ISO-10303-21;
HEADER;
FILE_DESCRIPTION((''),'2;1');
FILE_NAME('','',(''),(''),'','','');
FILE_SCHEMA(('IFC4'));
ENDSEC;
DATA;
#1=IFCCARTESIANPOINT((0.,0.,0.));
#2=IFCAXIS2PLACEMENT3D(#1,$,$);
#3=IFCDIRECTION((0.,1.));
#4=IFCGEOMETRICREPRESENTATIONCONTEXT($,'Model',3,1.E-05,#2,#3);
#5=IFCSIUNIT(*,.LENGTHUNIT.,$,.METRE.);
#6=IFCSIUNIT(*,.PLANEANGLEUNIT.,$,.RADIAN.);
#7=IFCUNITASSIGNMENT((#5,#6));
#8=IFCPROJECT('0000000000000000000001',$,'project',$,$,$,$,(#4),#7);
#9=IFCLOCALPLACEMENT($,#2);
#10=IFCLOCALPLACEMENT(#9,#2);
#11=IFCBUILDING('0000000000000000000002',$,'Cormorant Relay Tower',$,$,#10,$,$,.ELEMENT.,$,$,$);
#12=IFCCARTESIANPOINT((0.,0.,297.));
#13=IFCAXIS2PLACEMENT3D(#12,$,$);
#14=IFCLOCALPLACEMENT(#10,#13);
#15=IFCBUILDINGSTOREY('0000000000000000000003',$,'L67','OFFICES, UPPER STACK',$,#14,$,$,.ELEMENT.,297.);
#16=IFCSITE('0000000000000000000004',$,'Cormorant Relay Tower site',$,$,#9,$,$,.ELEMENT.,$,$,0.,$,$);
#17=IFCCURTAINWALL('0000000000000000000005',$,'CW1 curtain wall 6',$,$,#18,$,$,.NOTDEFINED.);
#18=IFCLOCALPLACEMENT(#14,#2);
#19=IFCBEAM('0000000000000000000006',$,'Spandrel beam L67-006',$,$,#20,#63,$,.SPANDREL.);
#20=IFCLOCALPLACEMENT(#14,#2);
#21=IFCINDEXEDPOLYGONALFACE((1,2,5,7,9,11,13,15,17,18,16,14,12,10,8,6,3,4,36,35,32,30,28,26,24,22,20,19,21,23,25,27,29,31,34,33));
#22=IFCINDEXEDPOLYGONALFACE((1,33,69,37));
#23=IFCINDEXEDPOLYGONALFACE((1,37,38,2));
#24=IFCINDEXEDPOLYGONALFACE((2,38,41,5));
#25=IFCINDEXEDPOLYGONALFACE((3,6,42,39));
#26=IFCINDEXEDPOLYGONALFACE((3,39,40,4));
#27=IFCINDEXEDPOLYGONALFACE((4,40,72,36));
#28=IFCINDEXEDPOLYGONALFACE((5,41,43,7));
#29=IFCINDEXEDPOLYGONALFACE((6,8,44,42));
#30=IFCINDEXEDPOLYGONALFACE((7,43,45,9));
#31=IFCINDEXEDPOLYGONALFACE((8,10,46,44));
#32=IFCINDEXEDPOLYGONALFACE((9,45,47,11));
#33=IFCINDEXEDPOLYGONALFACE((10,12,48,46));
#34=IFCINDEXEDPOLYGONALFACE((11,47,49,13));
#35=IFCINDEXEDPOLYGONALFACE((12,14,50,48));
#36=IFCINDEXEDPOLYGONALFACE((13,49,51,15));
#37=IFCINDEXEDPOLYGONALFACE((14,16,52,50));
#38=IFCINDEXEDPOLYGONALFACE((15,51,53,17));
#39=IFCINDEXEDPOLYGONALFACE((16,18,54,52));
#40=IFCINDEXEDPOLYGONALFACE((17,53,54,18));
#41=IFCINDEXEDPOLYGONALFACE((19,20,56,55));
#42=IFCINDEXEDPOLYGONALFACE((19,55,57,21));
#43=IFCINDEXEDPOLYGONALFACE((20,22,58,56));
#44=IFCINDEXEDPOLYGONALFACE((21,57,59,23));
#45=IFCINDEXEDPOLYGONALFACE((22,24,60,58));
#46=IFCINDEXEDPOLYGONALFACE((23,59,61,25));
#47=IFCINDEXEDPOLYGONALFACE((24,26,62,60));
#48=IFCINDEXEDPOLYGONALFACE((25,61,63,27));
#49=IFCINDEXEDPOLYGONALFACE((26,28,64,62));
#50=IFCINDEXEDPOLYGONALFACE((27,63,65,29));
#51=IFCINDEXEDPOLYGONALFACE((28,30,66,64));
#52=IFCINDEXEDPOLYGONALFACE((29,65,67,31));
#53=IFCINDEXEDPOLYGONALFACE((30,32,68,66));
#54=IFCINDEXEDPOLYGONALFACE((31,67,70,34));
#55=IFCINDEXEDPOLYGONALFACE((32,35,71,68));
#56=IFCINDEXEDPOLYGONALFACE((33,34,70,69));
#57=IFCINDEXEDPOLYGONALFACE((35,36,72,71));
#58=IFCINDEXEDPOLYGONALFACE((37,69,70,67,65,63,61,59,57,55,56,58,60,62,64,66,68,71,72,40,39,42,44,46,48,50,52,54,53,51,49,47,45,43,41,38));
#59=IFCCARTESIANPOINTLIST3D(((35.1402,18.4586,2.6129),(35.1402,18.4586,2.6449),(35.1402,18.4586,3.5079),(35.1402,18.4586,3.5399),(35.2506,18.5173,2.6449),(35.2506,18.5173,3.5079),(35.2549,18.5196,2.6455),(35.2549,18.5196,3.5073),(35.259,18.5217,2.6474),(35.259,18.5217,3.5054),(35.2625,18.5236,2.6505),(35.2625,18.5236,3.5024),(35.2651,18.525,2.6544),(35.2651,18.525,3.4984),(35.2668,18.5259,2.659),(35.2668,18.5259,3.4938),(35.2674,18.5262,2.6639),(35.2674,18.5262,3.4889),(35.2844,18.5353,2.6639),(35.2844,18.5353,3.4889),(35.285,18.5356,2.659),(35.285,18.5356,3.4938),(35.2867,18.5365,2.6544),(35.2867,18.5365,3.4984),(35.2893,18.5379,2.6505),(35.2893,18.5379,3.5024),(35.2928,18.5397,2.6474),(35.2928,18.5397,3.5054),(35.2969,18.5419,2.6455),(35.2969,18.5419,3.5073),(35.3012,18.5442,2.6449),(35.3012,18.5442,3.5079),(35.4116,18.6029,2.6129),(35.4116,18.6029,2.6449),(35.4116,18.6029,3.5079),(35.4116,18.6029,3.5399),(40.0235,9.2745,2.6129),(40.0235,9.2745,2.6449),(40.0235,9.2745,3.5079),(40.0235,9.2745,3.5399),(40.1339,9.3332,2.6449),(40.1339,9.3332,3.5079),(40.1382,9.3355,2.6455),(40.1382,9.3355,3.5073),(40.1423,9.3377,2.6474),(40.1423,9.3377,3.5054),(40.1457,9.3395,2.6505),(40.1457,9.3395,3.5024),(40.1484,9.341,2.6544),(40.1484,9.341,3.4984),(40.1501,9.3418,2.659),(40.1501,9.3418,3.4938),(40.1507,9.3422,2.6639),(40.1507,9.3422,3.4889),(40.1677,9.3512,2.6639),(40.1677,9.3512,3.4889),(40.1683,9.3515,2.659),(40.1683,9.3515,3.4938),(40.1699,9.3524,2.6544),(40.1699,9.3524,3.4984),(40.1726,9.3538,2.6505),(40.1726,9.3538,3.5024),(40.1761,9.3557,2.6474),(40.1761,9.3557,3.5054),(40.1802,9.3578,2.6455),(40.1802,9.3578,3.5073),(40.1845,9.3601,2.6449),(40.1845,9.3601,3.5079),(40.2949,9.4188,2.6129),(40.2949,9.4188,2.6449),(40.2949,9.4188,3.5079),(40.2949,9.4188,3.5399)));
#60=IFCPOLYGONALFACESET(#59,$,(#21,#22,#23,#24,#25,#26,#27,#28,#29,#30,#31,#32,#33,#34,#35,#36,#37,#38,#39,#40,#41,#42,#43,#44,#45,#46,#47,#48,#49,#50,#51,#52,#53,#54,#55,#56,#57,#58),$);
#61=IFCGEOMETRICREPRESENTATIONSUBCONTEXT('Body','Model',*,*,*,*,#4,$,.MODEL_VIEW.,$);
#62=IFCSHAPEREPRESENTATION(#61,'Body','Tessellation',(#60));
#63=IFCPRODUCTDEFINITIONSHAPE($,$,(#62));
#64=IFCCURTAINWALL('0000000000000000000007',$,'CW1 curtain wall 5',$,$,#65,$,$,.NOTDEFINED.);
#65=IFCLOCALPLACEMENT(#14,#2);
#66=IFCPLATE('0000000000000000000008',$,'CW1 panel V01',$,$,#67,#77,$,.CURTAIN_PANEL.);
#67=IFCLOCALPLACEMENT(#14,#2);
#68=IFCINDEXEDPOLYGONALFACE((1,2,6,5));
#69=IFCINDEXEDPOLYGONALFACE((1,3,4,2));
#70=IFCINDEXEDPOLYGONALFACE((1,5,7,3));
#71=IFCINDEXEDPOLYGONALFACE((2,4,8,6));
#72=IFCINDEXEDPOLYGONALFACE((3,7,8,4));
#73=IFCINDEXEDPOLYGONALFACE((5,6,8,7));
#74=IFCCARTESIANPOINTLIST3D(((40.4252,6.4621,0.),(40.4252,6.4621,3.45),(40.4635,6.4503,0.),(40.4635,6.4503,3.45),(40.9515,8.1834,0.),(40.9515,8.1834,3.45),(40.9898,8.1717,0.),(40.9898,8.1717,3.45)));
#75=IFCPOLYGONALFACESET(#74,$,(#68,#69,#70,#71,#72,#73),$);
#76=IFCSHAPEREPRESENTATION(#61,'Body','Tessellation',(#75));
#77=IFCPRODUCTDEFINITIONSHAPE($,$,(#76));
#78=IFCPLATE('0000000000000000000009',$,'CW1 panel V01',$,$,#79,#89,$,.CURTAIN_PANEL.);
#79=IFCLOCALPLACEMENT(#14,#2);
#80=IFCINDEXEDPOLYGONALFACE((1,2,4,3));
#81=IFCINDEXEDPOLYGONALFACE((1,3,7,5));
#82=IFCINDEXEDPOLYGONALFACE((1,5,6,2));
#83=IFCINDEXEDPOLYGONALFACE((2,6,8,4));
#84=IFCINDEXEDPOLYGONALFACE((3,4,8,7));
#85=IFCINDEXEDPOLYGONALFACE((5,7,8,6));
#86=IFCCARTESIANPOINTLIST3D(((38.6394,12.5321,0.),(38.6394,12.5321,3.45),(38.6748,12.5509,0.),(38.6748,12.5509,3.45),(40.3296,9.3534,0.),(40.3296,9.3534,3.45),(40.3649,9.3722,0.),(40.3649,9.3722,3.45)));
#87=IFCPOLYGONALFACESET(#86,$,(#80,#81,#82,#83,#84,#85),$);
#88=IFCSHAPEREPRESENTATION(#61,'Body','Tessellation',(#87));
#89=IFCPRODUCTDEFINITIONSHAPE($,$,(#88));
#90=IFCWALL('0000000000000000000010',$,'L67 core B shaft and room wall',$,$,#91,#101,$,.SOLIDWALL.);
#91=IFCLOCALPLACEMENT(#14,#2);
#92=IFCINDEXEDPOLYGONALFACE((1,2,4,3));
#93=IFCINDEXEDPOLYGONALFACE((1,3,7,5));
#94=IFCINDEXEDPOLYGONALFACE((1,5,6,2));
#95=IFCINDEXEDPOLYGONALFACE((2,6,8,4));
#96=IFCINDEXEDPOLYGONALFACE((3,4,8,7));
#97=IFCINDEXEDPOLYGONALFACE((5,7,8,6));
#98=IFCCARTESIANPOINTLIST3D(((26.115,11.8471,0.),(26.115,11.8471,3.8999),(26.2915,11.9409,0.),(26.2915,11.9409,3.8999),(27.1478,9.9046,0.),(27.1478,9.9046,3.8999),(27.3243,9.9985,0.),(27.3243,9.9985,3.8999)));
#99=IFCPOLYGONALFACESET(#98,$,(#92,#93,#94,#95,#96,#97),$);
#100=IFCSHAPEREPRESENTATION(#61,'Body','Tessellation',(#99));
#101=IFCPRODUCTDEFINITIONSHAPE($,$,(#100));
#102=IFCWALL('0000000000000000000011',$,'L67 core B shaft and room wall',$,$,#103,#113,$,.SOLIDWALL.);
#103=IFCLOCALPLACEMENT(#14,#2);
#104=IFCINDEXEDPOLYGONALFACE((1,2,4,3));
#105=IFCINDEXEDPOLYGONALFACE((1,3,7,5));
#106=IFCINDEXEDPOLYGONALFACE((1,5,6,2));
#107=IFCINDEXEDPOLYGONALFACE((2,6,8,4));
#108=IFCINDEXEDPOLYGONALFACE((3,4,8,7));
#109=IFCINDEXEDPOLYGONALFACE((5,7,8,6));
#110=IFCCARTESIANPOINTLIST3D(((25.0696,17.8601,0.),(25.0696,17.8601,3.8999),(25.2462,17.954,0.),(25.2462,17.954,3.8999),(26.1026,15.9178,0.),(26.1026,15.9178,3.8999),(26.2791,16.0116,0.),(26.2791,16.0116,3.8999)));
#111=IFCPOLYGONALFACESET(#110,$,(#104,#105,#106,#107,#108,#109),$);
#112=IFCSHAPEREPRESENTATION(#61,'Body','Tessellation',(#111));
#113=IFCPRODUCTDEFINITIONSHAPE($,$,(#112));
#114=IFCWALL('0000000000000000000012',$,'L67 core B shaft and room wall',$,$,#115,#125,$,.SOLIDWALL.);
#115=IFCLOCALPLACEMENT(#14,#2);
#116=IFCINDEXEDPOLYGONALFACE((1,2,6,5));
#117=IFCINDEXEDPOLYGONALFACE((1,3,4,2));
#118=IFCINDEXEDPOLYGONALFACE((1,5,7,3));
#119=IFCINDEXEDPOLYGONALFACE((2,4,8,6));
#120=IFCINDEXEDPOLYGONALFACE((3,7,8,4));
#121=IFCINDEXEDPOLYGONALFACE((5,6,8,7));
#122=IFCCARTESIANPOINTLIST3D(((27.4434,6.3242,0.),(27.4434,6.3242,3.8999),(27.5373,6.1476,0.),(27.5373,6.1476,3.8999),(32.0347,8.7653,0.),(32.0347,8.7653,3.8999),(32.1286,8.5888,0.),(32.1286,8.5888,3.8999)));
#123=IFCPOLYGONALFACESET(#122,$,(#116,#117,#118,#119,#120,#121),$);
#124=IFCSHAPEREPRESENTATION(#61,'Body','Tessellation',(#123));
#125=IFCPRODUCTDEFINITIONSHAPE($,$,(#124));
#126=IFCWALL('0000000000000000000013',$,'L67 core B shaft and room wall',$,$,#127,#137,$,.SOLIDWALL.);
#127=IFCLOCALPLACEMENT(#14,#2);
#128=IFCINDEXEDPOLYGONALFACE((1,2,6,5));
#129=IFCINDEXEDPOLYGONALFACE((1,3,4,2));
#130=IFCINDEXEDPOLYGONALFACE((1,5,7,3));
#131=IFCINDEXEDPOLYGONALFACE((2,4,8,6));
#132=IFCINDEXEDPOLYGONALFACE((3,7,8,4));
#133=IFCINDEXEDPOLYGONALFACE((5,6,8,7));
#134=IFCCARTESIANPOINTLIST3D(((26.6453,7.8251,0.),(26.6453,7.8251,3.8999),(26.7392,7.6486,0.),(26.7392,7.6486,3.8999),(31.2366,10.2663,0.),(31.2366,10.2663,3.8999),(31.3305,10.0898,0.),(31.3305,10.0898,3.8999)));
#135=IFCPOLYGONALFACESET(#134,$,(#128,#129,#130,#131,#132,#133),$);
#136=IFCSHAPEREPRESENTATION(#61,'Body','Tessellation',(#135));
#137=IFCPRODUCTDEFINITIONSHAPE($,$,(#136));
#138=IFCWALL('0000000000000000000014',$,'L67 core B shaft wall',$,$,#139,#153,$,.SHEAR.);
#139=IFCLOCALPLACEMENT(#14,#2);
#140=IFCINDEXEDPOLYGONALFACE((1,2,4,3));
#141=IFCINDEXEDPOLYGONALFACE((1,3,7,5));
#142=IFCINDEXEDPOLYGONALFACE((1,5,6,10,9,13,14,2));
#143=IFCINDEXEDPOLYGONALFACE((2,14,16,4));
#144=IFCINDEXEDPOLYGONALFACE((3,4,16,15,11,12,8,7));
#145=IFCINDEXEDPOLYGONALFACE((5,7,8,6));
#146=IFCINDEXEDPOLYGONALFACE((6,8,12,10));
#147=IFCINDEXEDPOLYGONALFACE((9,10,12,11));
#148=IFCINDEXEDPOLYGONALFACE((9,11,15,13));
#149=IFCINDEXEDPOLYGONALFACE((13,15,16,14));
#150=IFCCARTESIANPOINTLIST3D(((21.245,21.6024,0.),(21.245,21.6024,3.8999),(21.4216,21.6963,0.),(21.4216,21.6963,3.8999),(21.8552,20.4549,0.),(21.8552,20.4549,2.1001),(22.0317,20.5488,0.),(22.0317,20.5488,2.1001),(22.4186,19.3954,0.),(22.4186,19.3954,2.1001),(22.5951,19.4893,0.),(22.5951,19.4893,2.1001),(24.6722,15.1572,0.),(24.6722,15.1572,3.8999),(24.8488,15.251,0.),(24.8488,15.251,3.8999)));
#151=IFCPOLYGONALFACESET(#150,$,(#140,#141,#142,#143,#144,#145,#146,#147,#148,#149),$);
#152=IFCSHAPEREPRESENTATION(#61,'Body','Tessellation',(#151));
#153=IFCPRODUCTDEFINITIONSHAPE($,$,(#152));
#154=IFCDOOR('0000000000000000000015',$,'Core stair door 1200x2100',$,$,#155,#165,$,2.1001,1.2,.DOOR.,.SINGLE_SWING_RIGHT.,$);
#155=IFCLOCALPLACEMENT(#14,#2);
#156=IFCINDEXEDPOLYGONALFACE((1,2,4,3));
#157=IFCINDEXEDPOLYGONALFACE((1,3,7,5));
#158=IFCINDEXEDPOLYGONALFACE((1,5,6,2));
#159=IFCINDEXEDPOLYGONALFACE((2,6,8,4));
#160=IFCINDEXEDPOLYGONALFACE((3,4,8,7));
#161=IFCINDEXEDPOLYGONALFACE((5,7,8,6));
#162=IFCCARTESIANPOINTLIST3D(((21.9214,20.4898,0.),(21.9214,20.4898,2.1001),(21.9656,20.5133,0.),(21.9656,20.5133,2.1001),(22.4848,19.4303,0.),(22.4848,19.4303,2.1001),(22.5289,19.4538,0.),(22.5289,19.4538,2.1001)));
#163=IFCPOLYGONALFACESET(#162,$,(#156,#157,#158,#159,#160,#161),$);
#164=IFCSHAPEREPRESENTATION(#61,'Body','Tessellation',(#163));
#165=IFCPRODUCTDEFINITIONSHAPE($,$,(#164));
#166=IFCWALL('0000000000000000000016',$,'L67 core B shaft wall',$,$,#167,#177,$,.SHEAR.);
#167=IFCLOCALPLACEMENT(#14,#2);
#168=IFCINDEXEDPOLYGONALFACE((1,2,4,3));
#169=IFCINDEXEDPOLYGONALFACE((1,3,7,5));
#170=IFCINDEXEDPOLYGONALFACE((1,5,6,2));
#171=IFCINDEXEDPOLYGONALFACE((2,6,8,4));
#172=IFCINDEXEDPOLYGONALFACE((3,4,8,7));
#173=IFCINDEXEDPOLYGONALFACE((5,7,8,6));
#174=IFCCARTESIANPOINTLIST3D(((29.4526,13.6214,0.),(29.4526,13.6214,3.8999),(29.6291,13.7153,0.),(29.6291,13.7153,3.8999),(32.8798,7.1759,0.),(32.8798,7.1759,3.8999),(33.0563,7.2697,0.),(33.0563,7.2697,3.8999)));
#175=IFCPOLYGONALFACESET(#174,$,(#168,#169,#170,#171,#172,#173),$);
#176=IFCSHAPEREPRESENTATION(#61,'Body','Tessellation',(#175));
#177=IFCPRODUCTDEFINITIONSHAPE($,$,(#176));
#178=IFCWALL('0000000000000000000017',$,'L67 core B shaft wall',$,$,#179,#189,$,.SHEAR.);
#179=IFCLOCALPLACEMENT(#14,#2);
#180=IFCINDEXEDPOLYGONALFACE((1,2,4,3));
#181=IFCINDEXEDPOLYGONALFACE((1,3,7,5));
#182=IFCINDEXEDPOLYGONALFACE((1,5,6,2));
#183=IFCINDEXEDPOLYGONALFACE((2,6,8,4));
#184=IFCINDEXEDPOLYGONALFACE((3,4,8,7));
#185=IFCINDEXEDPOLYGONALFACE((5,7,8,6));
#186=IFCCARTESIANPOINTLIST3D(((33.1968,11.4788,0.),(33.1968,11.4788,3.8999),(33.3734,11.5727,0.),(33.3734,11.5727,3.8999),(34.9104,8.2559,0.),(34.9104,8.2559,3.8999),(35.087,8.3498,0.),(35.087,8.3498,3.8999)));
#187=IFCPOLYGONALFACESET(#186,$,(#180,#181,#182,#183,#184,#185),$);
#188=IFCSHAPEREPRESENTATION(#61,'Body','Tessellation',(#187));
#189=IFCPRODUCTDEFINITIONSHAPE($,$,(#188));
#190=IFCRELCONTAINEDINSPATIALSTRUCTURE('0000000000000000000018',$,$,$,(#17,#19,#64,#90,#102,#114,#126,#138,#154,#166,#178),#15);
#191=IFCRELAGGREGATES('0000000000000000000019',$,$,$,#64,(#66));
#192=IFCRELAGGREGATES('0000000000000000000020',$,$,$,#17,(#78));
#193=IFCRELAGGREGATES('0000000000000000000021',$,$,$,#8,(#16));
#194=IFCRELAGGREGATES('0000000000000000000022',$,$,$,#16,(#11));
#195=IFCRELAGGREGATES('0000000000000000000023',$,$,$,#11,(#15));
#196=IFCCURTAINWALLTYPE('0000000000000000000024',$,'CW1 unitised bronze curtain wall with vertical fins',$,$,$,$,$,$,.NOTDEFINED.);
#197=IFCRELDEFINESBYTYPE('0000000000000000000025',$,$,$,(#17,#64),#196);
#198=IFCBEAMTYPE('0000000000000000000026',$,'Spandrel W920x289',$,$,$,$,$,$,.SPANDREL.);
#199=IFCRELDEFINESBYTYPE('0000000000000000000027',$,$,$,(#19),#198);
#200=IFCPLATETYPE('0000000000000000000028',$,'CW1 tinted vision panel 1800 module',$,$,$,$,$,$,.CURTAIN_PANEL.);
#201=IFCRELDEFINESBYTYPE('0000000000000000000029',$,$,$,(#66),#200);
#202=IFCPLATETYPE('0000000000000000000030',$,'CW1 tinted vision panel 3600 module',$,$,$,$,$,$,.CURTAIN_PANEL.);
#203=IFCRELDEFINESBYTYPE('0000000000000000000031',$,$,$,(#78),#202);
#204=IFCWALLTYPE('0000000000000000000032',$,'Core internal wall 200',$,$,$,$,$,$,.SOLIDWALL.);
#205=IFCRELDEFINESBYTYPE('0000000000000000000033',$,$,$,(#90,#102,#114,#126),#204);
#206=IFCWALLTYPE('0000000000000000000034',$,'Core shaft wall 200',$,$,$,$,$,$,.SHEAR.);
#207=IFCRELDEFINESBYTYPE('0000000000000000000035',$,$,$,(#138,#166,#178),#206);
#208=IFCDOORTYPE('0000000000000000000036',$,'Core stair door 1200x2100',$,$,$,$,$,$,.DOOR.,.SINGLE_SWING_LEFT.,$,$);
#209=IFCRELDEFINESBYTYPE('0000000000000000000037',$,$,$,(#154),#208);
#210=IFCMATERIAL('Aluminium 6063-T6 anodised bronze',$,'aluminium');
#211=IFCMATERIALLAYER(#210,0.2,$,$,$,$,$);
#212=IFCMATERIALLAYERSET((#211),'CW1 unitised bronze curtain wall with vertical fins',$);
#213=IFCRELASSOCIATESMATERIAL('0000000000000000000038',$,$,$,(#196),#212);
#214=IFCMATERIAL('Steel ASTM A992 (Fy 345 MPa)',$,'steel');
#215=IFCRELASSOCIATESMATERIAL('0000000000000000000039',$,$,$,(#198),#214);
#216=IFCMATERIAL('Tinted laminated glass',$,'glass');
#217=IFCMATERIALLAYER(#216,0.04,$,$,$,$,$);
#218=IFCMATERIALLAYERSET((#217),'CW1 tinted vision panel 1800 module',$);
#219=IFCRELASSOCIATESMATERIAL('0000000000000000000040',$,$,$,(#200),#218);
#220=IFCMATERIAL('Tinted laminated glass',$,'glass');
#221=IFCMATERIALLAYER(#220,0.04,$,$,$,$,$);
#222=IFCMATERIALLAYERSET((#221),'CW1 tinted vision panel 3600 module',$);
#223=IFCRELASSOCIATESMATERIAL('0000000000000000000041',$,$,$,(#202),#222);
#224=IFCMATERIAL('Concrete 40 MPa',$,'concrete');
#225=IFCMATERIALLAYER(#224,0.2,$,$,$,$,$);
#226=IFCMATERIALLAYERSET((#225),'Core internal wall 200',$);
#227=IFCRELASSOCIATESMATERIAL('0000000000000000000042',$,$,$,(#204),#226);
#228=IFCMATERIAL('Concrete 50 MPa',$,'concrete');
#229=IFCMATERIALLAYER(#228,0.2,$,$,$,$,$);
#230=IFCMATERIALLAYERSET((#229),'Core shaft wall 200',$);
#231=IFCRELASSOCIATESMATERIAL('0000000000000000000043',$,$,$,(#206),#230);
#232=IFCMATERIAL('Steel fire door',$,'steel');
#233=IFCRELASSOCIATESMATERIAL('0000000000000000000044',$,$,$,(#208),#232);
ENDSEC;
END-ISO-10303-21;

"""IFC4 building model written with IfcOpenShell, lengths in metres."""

from ifc_helpers import new_model, si_unit, direction, frame, frame_2d, origin, origin_2d, place, context, subcontext, project, spatial, rectangle, i_section, extrude, material, layer, layer_set, material_profile, profile_set, type_object, element, fill, aggregate, save


model = new_model("IFC4")

# Units and contexts
model_context = context("Model", 3, precision=1e-05, world=origin(), true_north=direction((0.0, 1.0)))
body_context = subcontext(model_context, "Body", "Model", "MODEL_VIEW")
ifc_project = project(units=[si_unit("LENGTHUNIT", "METRE"), si_unit("PLANEANGLEUNIT", "RADIAN")], contexts=[model_context])

# Site, building, storey
site_placement = place(None, origin())
site = spatial("IfcSite", under=ifc_project, at=site_placement, Name="Cormorant Relay Tower site", CompositionType="ELEMENT", RefElevation=0.0)
building_placement = place(site_placement, origin())
building = spatial("IfcBuilding", under=site, at=building_placement, Name="Cormorant Relay Tower", CompositionType="ELEMENT")
storey_placement = place(building_placement, frame((0.0, 0.0, 297.0)))
storey = spatial("IfcBuildingStorey", under=building, at=storey_placement, Name="L67", Description="OFFICES, UPPER STACK", CompositionType="ELEMENT", Elevation=297.0)

# Curtain wall
ifc_material_1 = material(Name="Aluminium 6063-T6 anodised bronze", Category="aluminium")
ifc_layer_1 = layer(ifc_material_1, 0.2)
ifc_layer_set_1 = layer_set([ifc_layer_1], Name="CW1 unitised bronze curtain wall with vertical fins")
curtain_wall_type = type_object("IfcCurtainWallType", Name="CW1 unitised bronze curtain wall with vertical fins", PredefinedType="NOTDEFINED", material=ifc_layer_set_1)
curtain_wall_1_placement = place(storey_placement, origin())
curtain_wall_1 = element("IfcCurtainWall", 1, at=curtain_wall_1_placement, inside=storey, type_object=curtain_wall_type, Name="CW1 curtain wall 6", PredefinedType="NOTDEFINED")

# Beam
ifc_material_2 = material(Name="Steel ASTM A992 (Fy 345 MPa)", Category="steel")
ifc_material_profile_1 = material_profile(ifc_material_2, i_section(OverallWidth=0.3074, OverallDepth=0.927, WebThickness=0.0193, FlangeThickness=0.032, FilletRadius=0.019, at=origin_2d()), Name="W920x289")
ifc_profile_set_1 = profile_set([ifc_material_profile_1], Name="Steel ASTM A992 (Fy 345 MPa)")
beam_type = type_object("IfcBeamType", Name="Spandrel W920x289", PredefinedType="SPANDREL", material=ifc_profile_set_1)
beam_placement = place(storey_placement, frame((40.1592, 9.3467, 3.0764), z_axis=(-0.469474, 0.882946, 0.0), x_axis=(-0.882946, -0.469474, 0.0)))
element("IfcBeam", 2, at=beam_placement, inside=storey, type_object=beam_type, Name="Spandrel beam L67-006", PredefinedType="SPANDREL", context=body_context, shape_type="SweptSolid", body=[
    extrude(i_section(OverallWidth=0.3074, OverallDepth=0.927, WebThickness=0.0193, FlangeThickness=0.032, FilletRadius=0.019, at=origin_2d()), origin(), (0.0, 0.0, 1.0), 10.4016),
])

# Curtain wall, plate
curtain_wall_2_placement = place(storey_placement, origin())
curtain_wall_2 = element("IfcCurtainWall", 3, at=curtain_wall_2_placement, inside=storey, type_object=curtain_wall_type, Name="CW1 curtain wall 5", PredefinedType="NOTDEFINED")
ifc_material_3 = material(Name="Tinted laminated glass", Category="glass")
ifc_layer_2 = layer(ifc_material_3, 0.04)
ifc_layer_set_2 = layer_set([ifc_layer_2], Name="CW1 tinted vision panel 1800 module")
plate_type_1 = type_object("IfcPlateType", Name="CW1 tinted vision panel 1800 module", PredefinedType="CURTAIN_PANEL", material=ifc_layer_set_2)
plate_1_placement = place(storey_placement, frame((40.7075, 7.3169, 0.0), z_axis=(0.0, 0.0, 1.0), x_axis=(0.292372, 0.956305, 0.0)))
plate_1 = element("IfcPlate", 4, at=plate_1_placement, type_object=plate_type_1, Name="CW1 panel V01", PredefinedType="CURTAIN_PANEL", context=body_context, shape_type="SweptSolid", body=[
    extrude(rectangle(XDim=1.8, YDim=0.04, at=origin_2d()), origin(), (0.0, 0.0, 1.0), 3.45),
])
aggregate(curtain_wall_2, [plate_1])

# Plate
ifc_material_4 = material(Name="Tinted laminated glass", Category="glass")
ifc_layer_3 = layer(ifc_material_4, 0.04)
ifc_layer_set_3 = layer_set([ifc_layer_3], Name="CW1 tinted vision panel 3600 module")
plate_type_2 = type_object("IfcPlateType", Name="CW1 tinted vision panel 3600 module", PredefinedType="CURTAIN_PANEL", material=ifc_layer_set_3)
plate_2_placement = place(storey_placement, frame((39.5022, 10.9521, 0.0), z_axis=(0.0, 0.0, 1.0), x_axis=(-0.469472, 0.882948, 0.0)))
plate_2 = element("IfcPlate", 5, at=plate_2_placement, type_object=plate_type_2, Name="CW1 panel V01", PredefinedType="CURTAIN_PANEL", context=body_context, shape_type="SweptSolid", body=[
    extrude(rectangle(XDim=3.6001, YDim=0.04, at=origin_2d()), origin(), (0.0, 0.0, 1.0), 3.45),
])

# Walls
ifc_material_5 = material(Name="Concrete 40 MPa", Category="concrete")
ifc_layer_4 = layer(ifc_material_5, 0.2)
ifc_layer_set_4 = layer_set([ifc_layer_4], Name="Core internal wall 200")
wall_type_1 = type_object("IfcWallType", Name="Core internal wall 200", PredefinedType="SOLIDWALL", material=ifc_layer_set_4)
for number, where, z_axis, x_axis, name in (
    (6, (27.2361, 9.9514, 0.0), (0.0, 0.0, 1.0), (-0.469447, 0.88296, 0.0), "L67 core B shaft and room wall"),
    (7, (26.1909, 15.9646, 0.0), (0.0, 0.0, 1.0), (-0.469534, 0.882914, 0.0), "L67 core B shaft and room wall"),
):
    element("IfcWall", number, at=place(storey_placement, frame(where, z_axis=z_axis, x_axis=x_axis)), inside=storey, type_object=wall_type_1, Name=name, PredefinedType="SOLIDWALL", context=body_context, shape_type="SweptSolid", body=[
        extrude(rectangle(XDim=2.2, YDim=0.2, at=frame_2d((1.1001, 0.0))), origin(), (0.0, 0.0, 1.0), 3.8999),
    ])
for number, where, z_axis, x_axis, name in (
    (8, (27.4902, 6.2358, 0.0), (0.0, 0.0, 1.0), (0.882954, 0.46946, 0.0), "L67 core B shaft and room wall"),
    (9, (26.6921, 7.7368, 0.0), (0.0, 0.0, 1.0), (0.882954, 0.46946, 0.0), "L67 core B shaft and room wall"),
):
    element("IfcWall", number, at=place(storey_placement, frame(where, z_axis=z_axis, x_axis=x_axis)), inside=storey, type_object=wall_type_1, Name=name, PredefinedType="SOLIDWALL", context=body_context, shape_type="SweptSolid", body=[
        extrude(rectangle(XDim=5.2, YDim=0.2, at=frame_2d((2.6001, 0.0))), origin(), (0.0, 0.0, 1.0), 3.8999),
    ])

# Wall, opening, door
ifc_material_6 = material(Name="Concrete 50 MPa", Category="concrete")
ifc_layer_5 = layer(ifc_material_6, 0.2)
ifc_layer_set_5 = layer_set([ifc_layer_5], Name="Core shaft wall 200")
wall_type_2 = type_object("IfcWallType", Name="Core shaft wall 200", PredefinedType="SHEAR", material=ifc_layer_set_5)
wall_1_placement = place(storey_placement, frame((24.7605, 15.2041, 0.0), z_axis=(0.0, 0.0, 1.0), x_axis=(-0.469494, 0.882936, 0.0)))
wall_1 = element("IfcWall", 10, at=wall_1_placement, inside=storey, type_object=wall_type_2, Name="L67 core B shaft wall", PredefinedType="SHEAR", context=body_context, shape_type="SweptSolid", body=[
    extrude(rectangle(XDim=7.2998, YDim=0.2, at=frame_2d((3.6499, 0.0))), origin(), (0.0, 0.0, 1.0), 3.8999),
])
opening_1_placement = place(wall_1_placement, frame((4.8, 0.0, 0.0)))
opening_1 = element("IfcOpeningElement", 11, at=opening_1_placement, cuts=wall_1, PredefinedType="OPENING", context=body_context, shape_type="SweptSolid", body=[
    extrude(rectangle(XDim=1.2, YDim=2.1001, at=frame_2d((0.6001, 1.05))), frame((0.0, 0.1099, 0.0), z_axis=(0.0, -1.0, 0.0), x_axis=(1.0, 0.0, 0.0)), (0.0, 0.0, 1.0), 0.22),
])
ifc_material_7 = material(Name="Steel fire door", Category="steel")
door_type_1 = type_object("IfcDoorType", Name="Core stair door 1200x2100", OperationType="SINGLE_SWING_LEFT", PredefinedType="DOOR", material=ifc_material_7)
door_1_placement = place(opening_1_placement, frame((1.2, 0.0, 0.0), z_axis=(0.0, 0.0, 1.0), x_axis=(-1.0, 0.0, 0.0)))
door_1 = element("IfcDoor", 12, at=door_1_placement, inside=storey, type_object=door_type_1, Name="Core stair door 1200x2100", OperationType="SINGLE_SWING_RIGHT", OverallHeight=2.1001, OverallWidth=1.2, PredefinedType="DOOR", context=body_context, shape_type="SweptSolid", body=[
    extrude(rectangle(XDim=1.2, YDim=2.1001, at=frame_2d((0.6001, 1.05))), frame((0.0, 0.0249, 0.0), z_axis=(0.0, -1.0, 0.0), x_axis=(1.0, 0.0, 0.0)), (0.0, 0.0, 1.0), 0.05),
])
fill(opening_1, door_1)

# Walls
wall_2_placement = place(storey_placement, frame((32.968, 7.2229, 0.0), z_axis=(0.0, 0.0, 1.0), x_axis=(-0.46948, 0.882943, 0.0)))
element("IfcWall", 13, at=wall_2_placement, inside=storey, type_object=wall_type_2, Name="L67 core B shaft wall", PredefinedType="SHEAR", context=body_context, shape_type="SweptSolid", body=[
    extrude(rectangle(XDim=7.3, YDim=0.2, at=frame_2d((3.6499, 0.0))), origin(), (0.0, 0.0, 1.0), 3.8999),
])
wall_3_placement = place(storey_placement, frame((34.9988, 8.3027, 0.0), z_axis=(0.0, 0.0, 1.0), x_axis=(-0.469467, 0.88295, 0.0)))
element("IfcWall", 14, at=wall_3_placement, inside=storey, type_object=wall_type_2, Name="L67 core B shaft wall", PredefinedType="SHEAR", context=body_context, shape_type="SweptSolid", body=[
    extrude(rectangle(XDim=3.6501, YDim=0.2, at=frame_2d((1.8252, 0.0))), origin(), (0.0, 0.0, 1.0), 3.8999),
])

aggregate(curtain_wall_1, [plate_2])

save(model, "model.ifc")
